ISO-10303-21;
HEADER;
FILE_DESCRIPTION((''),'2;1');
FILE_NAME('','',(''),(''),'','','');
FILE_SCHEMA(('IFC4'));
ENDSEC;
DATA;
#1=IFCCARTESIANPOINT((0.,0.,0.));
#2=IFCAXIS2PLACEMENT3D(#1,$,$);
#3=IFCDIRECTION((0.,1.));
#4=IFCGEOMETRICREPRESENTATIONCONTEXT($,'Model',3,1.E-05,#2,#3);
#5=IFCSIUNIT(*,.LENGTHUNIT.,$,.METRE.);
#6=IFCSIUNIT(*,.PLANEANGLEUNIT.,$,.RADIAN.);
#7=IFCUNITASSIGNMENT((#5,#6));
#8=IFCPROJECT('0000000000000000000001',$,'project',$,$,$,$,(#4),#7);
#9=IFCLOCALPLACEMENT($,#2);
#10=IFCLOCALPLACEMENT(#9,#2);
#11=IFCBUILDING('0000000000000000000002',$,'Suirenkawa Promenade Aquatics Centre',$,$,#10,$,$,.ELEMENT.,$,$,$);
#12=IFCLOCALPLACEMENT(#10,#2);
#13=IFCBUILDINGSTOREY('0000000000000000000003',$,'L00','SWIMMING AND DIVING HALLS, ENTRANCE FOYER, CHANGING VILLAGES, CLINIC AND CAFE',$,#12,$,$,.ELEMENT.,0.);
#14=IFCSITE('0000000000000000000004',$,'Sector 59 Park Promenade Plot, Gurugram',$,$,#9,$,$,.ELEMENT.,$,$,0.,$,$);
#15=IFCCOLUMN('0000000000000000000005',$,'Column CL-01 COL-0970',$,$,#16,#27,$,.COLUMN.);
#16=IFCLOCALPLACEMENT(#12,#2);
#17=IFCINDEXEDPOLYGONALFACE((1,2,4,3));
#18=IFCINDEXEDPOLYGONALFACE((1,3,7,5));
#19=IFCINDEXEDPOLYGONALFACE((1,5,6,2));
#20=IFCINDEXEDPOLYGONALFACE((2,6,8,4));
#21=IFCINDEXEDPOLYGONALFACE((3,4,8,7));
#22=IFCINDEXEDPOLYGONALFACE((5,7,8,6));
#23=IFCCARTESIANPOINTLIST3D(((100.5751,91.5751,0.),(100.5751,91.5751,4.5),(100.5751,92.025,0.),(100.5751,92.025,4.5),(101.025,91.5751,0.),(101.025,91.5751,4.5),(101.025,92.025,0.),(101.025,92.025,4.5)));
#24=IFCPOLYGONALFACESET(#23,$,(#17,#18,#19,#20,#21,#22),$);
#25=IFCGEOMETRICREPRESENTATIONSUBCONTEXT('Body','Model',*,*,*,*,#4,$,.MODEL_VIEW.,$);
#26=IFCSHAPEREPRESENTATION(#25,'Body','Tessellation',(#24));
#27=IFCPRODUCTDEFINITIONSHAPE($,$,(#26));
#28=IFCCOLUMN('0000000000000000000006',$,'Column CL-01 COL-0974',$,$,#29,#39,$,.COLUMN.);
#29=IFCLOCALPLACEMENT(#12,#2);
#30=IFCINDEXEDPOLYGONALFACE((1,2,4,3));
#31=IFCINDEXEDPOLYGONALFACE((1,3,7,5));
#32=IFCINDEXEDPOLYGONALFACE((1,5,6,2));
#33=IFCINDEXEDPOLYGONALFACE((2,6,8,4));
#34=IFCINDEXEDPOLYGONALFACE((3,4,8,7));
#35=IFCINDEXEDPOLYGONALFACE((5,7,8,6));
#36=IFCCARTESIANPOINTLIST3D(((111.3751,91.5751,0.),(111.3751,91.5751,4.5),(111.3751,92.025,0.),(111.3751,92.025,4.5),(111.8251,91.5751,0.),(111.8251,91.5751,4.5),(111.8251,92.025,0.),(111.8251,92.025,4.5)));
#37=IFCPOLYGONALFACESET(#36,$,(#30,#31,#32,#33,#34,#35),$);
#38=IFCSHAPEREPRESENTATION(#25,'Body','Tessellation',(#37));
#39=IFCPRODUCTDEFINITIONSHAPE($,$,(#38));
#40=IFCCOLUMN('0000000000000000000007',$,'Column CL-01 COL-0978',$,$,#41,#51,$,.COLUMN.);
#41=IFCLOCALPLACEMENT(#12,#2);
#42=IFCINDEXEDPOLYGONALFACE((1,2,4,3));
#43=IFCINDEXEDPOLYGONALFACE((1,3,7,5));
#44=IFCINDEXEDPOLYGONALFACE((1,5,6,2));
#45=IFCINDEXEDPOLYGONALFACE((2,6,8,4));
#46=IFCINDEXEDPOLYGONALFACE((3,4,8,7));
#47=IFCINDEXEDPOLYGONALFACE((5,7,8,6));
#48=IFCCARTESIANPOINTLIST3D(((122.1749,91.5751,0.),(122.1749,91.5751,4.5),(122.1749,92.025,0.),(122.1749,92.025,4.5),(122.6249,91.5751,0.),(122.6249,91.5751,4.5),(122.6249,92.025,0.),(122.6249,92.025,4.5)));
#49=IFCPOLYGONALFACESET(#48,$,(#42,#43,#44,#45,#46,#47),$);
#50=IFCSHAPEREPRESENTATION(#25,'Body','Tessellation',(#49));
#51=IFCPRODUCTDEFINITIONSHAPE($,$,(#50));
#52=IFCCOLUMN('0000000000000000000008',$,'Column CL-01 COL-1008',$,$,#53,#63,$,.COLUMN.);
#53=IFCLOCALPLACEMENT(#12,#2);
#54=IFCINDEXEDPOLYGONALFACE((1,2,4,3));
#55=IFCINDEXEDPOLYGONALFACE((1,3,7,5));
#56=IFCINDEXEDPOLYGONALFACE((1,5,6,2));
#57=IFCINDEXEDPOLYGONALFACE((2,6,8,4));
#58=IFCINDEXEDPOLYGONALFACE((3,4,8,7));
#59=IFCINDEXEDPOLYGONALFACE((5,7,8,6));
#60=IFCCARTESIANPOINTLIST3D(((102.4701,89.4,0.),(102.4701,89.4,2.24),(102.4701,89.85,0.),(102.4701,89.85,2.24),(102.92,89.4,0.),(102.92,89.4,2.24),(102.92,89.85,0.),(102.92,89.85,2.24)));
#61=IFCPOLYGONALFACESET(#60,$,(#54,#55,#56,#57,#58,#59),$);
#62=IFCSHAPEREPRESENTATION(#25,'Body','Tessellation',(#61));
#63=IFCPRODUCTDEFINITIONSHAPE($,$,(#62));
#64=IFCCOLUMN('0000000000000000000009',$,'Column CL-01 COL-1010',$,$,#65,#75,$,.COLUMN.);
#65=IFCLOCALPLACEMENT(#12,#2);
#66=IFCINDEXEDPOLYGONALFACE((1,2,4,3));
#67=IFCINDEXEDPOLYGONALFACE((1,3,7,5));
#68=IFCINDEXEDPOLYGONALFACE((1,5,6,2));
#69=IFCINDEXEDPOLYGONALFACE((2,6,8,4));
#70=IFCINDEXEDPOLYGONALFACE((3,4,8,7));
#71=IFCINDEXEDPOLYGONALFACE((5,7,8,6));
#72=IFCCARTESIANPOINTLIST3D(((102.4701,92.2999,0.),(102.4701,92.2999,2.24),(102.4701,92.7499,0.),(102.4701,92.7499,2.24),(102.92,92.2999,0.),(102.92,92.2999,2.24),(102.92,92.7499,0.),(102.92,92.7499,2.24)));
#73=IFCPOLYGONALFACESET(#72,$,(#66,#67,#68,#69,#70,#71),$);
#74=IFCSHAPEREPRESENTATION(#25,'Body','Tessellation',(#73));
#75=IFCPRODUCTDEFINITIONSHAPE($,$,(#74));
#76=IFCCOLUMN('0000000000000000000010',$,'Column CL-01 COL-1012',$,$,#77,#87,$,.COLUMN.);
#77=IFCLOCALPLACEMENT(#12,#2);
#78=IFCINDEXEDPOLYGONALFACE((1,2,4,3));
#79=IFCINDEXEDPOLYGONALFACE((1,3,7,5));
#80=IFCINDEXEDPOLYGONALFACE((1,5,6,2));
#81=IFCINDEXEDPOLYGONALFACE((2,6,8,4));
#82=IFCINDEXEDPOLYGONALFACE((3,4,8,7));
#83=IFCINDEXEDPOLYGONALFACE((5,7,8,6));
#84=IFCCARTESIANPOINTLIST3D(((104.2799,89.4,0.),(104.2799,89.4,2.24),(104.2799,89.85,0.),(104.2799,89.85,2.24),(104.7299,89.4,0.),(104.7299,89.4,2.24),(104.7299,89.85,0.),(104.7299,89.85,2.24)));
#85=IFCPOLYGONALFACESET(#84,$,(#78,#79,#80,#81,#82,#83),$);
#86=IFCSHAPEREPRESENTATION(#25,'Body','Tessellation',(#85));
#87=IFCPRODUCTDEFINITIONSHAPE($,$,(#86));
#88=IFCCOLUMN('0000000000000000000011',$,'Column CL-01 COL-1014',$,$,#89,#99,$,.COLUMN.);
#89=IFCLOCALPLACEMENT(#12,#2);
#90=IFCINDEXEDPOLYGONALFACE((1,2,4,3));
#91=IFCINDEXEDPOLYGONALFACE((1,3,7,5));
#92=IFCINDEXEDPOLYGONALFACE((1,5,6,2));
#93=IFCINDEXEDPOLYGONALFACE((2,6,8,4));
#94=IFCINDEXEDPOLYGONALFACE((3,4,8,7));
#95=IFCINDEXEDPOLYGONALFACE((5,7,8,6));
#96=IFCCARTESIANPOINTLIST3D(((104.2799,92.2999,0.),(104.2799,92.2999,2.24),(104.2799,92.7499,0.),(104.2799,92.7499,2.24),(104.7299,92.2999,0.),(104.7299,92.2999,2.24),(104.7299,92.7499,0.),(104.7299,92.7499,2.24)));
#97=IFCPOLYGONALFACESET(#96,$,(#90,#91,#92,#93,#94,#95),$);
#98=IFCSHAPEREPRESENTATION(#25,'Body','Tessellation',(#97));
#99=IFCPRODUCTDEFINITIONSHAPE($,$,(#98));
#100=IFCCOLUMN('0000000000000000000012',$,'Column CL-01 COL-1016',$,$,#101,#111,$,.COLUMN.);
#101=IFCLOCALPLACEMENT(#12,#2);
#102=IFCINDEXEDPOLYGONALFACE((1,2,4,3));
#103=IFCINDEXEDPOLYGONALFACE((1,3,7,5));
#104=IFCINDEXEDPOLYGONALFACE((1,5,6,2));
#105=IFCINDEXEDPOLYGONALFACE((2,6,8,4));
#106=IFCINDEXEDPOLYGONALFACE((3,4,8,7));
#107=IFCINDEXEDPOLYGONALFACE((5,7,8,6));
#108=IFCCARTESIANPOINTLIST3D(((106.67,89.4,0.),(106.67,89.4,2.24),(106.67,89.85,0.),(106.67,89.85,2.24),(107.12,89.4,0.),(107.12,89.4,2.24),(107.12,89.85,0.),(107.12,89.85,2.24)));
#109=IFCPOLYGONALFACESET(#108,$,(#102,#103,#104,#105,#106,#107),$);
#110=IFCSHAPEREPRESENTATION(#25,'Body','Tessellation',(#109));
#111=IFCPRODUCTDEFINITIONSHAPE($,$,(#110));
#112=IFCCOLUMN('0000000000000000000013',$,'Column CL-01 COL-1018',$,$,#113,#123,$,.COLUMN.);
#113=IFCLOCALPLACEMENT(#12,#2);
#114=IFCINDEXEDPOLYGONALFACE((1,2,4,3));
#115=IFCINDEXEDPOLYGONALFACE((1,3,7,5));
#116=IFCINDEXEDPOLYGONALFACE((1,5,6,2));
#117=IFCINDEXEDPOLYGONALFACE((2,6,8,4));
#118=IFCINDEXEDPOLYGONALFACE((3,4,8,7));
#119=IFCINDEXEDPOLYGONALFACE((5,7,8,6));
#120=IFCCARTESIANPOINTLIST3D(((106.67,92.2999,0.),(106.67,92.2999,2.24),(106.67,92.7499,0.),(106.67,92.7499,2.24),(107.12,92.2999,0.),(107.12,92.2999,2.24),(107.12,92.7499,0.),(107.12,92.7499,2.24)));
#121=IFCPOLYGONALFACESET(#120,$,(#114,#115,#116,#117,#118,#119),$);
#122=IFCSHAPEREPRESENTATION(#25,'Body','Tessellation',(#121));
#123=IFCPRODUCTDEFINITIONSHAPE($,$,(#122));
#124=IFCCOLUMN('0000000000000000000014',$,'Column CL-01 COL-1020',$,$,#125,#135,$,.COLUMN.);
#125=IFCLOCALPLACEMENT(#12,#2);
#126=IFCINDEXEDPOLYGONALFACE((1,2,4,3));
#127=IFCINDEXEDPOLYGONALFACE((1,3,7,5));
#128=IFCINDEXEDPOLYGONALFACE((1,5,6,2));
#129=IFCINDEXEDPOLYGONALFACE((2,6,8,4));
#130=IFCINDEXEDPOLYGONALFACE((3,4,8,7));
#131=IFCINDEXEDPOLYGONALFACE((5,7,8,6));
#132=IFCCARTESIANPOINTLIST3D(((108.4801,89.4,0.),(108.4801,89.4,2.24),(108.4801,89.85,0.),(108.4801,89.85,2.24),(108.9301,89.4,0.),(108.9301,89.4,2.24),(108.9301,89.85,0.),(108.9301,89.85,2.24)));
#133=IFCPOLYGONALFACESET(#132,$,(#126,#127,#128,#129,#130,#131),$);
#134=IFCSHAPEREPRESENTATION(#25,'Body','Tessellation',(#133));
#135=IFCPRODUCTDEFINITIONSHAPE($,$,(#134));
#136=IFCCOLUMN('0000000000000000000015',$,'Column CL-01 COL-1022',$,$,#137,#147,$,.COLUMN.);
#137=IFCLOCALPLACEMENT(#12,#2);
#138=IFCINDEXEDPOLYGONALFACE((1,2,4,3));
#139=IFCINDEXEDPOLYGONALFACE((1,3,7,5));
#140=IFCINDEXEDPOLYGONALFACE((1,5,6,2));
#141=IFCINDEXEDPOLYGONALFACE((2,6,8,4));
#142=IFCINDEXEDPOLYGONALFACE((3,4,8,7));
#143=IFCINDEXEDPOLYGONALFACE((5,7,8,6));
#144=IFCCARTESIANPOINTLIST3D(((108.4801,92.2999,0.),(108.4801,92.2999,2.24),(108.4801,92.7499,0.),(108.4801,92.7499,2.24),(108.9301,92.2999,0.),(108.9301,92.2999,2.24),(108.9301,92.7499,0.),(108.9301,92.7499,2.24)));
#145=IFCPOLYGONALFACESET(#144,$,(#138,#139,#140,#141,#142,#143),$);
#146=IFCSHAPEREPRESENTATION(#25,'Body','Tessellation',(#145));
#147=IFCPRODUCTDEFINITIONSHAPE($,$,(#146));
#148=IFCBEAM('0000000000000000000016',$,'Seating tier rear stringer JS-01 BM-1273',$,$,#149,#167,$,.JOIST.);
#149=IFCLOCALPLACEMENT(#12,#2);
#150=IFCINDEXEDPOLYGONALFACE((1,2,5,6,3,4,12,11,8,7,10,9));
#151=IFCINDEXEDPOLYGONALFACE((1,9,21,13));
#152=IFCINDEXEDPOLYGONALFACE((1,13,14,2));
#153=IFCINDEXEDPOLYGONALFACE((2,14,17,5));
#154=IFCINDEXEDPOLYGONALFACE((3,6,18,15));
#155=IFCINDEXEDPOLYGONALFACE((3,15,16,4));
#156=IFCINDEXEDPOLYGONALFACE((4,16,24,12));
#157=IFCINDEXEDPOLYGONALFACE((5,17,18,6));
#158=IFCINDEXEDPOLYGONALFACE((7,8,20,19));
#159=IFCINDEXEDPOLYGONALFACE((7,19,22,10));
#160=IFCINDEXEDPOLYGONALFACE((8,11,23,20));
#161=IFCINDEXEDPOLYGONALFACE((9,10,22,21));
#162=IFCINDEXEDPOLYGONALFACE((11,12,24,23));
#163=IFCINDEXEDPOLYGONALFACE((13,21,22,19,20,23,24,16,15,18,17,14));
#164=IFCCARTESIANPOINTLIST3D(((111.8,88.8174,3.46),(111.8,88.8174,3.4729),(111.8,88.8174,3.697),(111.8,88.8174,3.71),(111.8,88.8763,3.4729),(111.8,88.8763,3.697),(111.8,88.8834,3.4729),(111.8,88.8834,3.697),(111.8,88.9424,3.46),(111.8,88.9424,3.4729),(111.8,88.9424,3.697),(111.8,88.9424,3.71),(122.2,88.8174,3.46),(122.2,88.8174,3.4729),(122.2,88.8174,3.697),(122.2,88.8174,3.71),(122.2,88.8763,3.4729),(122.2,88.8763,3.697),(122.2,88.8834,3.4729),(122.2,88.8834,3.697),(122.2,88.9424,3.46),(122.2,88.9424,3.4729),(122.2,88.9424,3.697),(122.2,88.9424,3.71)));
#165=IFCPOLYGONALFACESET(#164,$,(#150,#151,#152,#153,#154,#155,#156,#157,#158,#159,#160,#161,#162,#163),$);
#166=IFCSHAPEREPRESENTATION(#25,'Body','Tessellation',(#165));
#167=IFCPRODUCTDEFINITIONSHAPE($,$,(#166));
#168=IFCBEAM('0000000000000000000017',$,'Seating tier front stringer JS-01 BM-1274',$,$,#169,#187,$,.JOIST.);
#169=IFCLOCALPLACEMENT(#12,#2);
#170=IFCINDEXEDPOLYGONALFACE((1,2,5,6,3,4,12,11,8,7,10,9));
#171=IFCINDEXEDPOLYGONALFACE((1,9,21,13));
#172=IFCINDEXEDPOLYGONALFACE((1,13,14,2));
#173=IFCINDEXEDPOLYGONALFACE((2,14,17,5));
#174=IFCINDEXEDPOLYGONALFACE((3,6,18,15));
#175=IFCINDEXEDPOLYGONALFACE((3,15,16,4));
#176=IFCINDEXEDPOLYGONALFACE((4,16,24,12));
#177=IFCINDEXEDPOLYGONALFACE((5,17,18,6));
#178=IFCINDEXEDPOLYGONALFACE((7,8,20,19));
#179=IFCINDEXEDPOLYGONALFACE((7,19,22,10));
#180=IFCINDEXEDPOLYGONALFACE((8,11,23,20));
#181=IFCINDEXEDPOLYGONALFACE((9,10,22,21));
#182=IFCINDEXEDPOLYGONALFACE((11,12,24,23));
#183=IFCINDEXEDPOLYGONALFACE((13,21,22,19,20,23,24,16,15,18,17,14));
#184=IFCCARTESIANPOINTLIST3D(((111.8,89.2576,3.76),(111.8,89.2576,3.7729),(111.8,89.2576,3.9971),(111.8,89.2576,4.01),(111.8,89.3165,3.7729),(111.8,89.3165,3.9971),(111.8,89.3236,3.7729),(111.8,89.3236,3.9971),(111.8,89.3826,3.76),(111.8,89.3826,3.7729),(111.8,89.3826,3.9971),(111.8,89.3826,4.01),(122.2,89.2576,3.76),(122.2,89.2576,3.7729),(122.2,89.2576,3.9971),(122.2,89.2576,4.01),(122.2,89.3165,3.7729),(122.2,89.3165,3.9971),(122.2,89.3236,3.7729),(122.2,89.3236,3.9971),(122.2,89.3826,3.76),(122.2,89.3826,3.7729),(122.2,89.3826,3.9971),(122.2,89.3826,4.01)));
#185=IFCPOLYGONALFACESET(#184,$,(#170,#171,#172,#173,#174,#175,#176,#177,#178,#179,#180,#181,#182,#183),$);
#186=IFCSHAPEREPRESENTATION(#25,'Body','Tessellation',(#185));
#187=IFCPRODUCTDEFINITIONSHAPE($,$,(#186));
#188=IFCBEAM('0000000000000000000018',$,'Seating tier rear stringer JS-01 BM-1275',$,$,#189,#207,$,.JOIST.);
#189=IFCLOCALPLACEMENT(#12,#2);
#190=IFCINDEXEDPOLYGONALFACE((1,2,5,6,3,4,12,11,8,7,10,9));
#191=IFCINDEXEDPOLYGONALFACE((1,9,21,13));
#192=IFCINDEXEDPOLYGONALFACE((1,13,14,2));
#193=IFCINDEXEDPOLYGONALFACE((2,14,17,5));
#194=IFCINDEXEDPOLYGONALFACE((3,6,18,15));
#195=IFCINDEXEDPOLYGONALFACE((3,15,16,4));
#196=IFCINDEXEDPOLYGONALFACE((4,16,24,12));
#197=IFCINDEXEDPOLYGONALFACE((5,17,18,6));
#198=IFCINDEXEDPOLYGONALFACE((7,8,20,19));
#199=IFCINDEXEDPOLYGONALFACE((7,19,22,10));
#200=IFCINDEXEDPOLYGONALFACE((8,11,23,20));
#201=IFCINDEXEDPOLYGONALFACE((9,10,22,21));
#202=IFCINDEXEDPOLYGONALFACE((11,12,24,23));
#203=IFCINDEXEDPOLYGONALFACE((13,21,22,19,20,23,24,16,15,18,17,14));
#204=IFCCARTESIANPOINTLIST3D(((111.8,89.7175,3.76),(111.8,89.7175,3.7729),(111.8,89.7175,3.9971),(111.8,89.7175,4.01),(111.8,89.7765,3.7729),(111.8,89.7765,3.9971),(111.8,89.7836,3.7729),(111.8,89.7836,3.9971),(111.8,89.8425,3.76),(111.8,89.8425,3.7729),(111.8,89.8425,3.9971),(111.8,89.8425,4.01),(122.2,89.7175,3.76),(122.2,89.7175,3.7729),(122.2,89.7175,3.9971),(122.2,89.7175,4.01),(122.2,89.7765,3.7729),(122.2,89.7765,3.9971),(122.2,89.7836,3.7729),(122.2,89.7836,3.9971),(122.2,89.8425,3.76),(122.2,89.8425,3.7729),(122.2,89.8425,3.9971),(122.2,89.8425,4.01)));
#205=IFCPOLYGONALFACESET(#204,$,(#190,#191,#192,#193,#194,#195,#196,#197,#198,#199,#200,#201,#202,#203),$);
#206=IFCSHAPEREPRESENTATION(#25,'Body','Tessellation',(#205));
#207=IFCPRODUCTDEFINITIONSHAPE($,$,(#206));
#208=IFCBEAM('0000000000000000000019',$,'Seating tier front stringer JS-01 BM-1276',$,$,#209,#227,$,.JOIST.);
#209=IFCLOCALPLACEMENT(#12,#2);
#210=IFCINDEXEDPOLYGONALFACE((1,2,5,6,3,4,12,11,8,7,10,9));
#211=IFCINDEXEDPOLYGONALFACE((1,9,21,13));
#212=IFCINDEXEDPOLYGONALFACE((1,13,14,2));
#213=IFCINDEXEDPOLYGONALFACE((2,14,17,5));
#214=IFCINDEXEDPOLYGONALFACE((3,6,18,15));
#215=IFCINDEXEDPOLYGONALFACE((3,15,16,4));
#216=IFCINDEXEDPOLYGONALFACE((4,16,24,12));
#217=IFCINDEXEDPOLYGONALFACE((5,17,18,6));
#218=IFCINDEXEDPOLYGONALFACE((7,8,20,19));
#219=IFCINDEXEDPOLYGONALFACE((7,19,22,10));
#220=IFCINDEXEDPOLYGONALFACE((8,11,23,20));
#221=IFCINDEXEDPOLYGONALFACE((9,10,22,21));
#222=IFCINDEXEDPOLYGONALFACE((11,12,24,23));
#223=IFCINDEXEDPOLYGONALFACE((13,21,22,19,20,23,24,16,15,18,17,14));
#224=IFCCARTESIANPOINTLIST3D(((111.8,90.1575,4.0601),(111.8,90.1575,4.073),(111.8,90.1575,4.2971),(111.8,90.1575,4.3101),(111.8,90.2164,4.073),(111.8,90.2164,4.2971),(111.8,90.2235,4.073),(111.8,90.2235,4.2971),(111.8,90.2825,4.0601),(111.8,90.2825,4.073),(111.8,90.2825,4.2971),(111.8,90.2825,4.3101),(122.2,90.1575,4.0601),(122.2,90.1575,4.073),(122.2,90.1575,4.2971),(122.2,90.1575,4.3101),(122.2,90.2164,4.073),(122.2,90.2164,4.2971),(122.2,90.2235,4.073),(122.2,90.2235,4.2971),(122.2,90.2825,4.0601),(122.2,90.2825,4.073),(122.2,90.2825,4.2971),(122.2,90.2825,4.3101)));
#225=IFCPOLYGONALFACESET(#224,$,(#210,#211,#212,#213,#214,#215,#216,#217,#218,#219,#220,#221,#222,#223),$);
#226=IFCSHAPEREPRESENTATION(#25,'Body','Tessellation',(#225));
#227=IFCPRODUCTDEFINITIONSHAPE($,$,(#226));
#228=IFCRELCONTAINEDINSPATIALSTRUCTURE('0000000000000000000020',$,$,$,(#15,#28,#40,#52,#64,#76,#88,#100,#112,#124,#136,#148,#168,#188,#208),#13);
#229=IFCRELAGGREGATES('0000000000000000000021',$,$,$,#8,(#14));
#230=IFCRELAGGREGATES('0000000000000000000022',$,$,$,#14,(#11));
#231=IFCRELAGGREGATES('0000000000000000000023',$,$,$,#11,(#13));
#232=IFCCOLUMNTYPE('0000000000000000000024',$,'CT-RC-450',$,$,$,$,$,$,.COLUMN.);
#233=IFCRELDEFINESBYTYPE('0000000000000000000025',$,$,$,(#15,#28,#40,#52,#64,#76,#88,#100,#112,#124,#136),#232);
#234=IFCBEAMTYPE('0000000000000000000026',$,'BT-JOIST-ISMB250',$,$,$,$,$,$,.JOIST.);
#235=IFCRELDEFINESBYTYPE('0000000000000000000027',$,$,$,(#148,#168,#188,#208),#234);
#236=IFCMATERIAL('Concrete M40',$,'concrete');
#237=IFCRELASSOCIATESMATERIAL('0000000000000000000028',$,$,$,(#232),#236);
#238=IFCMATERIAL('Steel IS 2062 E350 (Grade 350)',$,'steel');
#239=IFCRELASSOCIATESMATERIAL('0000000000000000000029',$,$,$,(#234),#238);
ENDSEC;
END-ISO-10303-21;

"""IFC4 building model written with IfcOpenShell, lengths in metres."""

from ifc_helpers import new_model, si_unit, direction, frame, origin, origin_2d, place, context, subcontext, project, spatial, rectangle, i_section, extrude, material, material_profile, profile_set, type_object, element, save


model = new_model("IFC4")

# Units and contexts
model_context = context("Model", 3, precision=1e-05, world=origin(), true_north=direction((0.0, 1.0)))
body_context = subcontext(model_context, "Body", "Model", "MODEL_VIEW")
ifc_project = project(units=[si_unit("LENGTHUNIT", "METRE"), si_unit("PLANEANGLEUNIT", "RADIAN")], contexts=[model_context])

# Site, building, storey
site_placement = place(None, origin())
site = spatial("IfcSite", under=ifc_project, at=site_placement, Name="Sector 59 Park Promenade Plot, Gurugram", CompositionType="ELEMENT", RefElevation=0.0)
building_placement = place(site_placement, origin())
building = spatial("IfcBuilding", under=site, at=building_placement, Name="Suirenkawa Promenade Aquatics Centre", CompositionType="ELEMENT")
storey_placement = place(building_placement, origin())
storey = spatial("IfcBuildingStorey", under=building, at=storey_placement, Name="L00", Description="SWIMMING AND DIVING HALLS, ENTRANCE FOYER, CHANGING VILLAGES, CLINIC AND CAFE", CompositionType="ELEMENT", Elevation=0.0)

# Columns
ifc_material_1 = material(Name="Concrete M40", Category="concrete")
ifc_material_profile_1 = material_profile(ifc_material_1, rectangle(XDim=0.45, YDim=0.45, at=origin_2d()), Name="RC COL 450x450", Category="concrete")
ifc_profile_set_1 = profile_set([ifc_material_profile_1], Name="Concrete M40")
column_type = type_object("IfcColumnType", Name="CT-RC-450", PredefinedType="COLUMN", material=ifc_profile_set_1)
for number, where, z_axis, x_axis, name in (
    (1, (100.8, 91.8, 0.0), (0.0, 0.0, 1.0), (1.0, 0.0, 0.0), "Column CL-01 COL-0970"),
    (2, (111.6001, 91.8, 0.0), (0.0, 0.0, 1.0), (1.0, 0.0, 0.0), "Column CL-01 COL-0974"),
    (3, (122.3999, 91.8, 0.0), (0.0, 0.0, 1.0), (1.0, 0.0, 0.0), "Column CL-01 COL-0978"),
):
    element("IfcColumn", number, at=place(storey_placement, frame(where, z_axis=z_axis, x_axis=x_axis)), inside=storey, type_object=column_type, Name=name, PredefinedType="COLUMN", context=body_context, shape_type="SweptSolid", body=[
        extrude(rectangle(XDim=0.45, YDim=0.45, at=origin_2d()), origin(), (0.0, 0.0, 1.0), 4.5),
    ])
for number, where, z_axis, x_axis, name in (
    (4, (102.6951, 89.625, 0.0), (0.0, 0.0, 1.0), (1.0, 0.0, 0.0), "Column CL-01 COL-1008"),
    (5, (102.6951, 92.5249, 0.0), (0.0, 0.0, 1.0), (1.0, 0.0, 0.0), "Column CL-01 COL-1010"),
    (6, (104.5049, 89.625, 0.0), (0.0, 0.0, 1.0), (1.0, 0.0, 0.0), "Column CL-01 COL-1012"),
    (7, (104.5049, 92.5249, 0.0), (0.0, 0.0, 1.0), (1.0, 0.0, 0.0), "Column CL-01 COL-1014"),
    (8, (106.895, 89.625, 0.0), (0.0, 0.0, 1.0), (1.0, 0.0, 0.0), "Column CL-01 COL-1016"),
    (9, (106.895, 92.5249, 0.0), (0.0, 0.0, 1.0), (1.0, 0.0, 0.0), "Column CL-01 COL-1018"),
    (10, (108.7051, 89.625, 0.0), (0.0, 0.0, 1.0), (1.0, 0.0, 0.0), "Column CL-01 COL-1020"),
    (11, (108.7051, 92.5249, 0.0), (0.0, 0.0, 1.0), (1.0, 0.0, 0.0), "Column CL-01 COL-1022"),
):
    element("IfcColumn", number, at=place(storey_placement, frame(where, z_axis=z_axis, x_axis=x_axis)), inside=storey, type_object=column_type, Name=name, PredefinedType="COLUMN", context=body_context, shape_type="SweptSolid", body=[
        extrude(rectangle(XDim=0.45, YDim=0.45, at=origin_2d()), origin(), (0.0, 0.0, 1.0), 2.24),
    ])

# Beams
ifc_material_2 = material(Name="Steel IS 2062 E350 (Grade 350)", Category="steel")
ifc_material_profile_2 = material_profile(ifc_material_2, i_section(OverallWidth=0.125, OverallDepth=0.25, WebThickness=0.0071, FlangeThickness=0.0129, at=origin_2d()), Name="ISMB 250", Category="steel")
ifc_profile_set_2 = profile_set([ifc_material_profile_2], Name="Steel IS 2062 E350 (Grade 350)")
beam_type_1 = type_object("IfcBeamType", Name="BT-JOIST-ISMB250", PredefinedType="JOIST", material=ifc_profile_set_2)
for number, where, z_axis, x_axis, name in (
    (12, (111.8, 88.8799, 3.585), (1.0, 0.0, 0.0), (0.0, 1.0, 0.0), "Seating tier rear stringer JS-01 BM-1273"),
    (13, (111.8, 89.3201, 3.885), (1.0, 0.0, 0.0), (0.0, 1.0, 0.0), "Seating tier front stringer JS-01 BM-1274"),
    (14, (111.8, 89.78, 3.885), (1.0, 0.0, 0.0), (0.0, 1.0, 0.0), "Seating tier rear stringer JS-01 BM-1275"),
    (15, (111.8, 90.22, 4.1851), (1.0, 0.0, 0.0), (0.0, 1.0, 0.0), "Seating tier front stringer JS-01 BM-1276"),
):
    element("IfcBeam", number, at=place(storey_placement, frame(where, z_axis=z_axis, x_axis=x_axis)), inside=storey, type_object=beam_type_1, Name=name, PredefinedType="JOIST", context=body_context, shape_type="SweptSolid", body=[
        extrude(i_section(OverallWidth=0.125, OverallDepth=0.25, WebThickness=0.0071, FlangeThickness=0.0129, at=origin_2d()), origin(), (0.0, 0.0, 1.0), 10.3999),
    ])

save(model, "model.ifc")
